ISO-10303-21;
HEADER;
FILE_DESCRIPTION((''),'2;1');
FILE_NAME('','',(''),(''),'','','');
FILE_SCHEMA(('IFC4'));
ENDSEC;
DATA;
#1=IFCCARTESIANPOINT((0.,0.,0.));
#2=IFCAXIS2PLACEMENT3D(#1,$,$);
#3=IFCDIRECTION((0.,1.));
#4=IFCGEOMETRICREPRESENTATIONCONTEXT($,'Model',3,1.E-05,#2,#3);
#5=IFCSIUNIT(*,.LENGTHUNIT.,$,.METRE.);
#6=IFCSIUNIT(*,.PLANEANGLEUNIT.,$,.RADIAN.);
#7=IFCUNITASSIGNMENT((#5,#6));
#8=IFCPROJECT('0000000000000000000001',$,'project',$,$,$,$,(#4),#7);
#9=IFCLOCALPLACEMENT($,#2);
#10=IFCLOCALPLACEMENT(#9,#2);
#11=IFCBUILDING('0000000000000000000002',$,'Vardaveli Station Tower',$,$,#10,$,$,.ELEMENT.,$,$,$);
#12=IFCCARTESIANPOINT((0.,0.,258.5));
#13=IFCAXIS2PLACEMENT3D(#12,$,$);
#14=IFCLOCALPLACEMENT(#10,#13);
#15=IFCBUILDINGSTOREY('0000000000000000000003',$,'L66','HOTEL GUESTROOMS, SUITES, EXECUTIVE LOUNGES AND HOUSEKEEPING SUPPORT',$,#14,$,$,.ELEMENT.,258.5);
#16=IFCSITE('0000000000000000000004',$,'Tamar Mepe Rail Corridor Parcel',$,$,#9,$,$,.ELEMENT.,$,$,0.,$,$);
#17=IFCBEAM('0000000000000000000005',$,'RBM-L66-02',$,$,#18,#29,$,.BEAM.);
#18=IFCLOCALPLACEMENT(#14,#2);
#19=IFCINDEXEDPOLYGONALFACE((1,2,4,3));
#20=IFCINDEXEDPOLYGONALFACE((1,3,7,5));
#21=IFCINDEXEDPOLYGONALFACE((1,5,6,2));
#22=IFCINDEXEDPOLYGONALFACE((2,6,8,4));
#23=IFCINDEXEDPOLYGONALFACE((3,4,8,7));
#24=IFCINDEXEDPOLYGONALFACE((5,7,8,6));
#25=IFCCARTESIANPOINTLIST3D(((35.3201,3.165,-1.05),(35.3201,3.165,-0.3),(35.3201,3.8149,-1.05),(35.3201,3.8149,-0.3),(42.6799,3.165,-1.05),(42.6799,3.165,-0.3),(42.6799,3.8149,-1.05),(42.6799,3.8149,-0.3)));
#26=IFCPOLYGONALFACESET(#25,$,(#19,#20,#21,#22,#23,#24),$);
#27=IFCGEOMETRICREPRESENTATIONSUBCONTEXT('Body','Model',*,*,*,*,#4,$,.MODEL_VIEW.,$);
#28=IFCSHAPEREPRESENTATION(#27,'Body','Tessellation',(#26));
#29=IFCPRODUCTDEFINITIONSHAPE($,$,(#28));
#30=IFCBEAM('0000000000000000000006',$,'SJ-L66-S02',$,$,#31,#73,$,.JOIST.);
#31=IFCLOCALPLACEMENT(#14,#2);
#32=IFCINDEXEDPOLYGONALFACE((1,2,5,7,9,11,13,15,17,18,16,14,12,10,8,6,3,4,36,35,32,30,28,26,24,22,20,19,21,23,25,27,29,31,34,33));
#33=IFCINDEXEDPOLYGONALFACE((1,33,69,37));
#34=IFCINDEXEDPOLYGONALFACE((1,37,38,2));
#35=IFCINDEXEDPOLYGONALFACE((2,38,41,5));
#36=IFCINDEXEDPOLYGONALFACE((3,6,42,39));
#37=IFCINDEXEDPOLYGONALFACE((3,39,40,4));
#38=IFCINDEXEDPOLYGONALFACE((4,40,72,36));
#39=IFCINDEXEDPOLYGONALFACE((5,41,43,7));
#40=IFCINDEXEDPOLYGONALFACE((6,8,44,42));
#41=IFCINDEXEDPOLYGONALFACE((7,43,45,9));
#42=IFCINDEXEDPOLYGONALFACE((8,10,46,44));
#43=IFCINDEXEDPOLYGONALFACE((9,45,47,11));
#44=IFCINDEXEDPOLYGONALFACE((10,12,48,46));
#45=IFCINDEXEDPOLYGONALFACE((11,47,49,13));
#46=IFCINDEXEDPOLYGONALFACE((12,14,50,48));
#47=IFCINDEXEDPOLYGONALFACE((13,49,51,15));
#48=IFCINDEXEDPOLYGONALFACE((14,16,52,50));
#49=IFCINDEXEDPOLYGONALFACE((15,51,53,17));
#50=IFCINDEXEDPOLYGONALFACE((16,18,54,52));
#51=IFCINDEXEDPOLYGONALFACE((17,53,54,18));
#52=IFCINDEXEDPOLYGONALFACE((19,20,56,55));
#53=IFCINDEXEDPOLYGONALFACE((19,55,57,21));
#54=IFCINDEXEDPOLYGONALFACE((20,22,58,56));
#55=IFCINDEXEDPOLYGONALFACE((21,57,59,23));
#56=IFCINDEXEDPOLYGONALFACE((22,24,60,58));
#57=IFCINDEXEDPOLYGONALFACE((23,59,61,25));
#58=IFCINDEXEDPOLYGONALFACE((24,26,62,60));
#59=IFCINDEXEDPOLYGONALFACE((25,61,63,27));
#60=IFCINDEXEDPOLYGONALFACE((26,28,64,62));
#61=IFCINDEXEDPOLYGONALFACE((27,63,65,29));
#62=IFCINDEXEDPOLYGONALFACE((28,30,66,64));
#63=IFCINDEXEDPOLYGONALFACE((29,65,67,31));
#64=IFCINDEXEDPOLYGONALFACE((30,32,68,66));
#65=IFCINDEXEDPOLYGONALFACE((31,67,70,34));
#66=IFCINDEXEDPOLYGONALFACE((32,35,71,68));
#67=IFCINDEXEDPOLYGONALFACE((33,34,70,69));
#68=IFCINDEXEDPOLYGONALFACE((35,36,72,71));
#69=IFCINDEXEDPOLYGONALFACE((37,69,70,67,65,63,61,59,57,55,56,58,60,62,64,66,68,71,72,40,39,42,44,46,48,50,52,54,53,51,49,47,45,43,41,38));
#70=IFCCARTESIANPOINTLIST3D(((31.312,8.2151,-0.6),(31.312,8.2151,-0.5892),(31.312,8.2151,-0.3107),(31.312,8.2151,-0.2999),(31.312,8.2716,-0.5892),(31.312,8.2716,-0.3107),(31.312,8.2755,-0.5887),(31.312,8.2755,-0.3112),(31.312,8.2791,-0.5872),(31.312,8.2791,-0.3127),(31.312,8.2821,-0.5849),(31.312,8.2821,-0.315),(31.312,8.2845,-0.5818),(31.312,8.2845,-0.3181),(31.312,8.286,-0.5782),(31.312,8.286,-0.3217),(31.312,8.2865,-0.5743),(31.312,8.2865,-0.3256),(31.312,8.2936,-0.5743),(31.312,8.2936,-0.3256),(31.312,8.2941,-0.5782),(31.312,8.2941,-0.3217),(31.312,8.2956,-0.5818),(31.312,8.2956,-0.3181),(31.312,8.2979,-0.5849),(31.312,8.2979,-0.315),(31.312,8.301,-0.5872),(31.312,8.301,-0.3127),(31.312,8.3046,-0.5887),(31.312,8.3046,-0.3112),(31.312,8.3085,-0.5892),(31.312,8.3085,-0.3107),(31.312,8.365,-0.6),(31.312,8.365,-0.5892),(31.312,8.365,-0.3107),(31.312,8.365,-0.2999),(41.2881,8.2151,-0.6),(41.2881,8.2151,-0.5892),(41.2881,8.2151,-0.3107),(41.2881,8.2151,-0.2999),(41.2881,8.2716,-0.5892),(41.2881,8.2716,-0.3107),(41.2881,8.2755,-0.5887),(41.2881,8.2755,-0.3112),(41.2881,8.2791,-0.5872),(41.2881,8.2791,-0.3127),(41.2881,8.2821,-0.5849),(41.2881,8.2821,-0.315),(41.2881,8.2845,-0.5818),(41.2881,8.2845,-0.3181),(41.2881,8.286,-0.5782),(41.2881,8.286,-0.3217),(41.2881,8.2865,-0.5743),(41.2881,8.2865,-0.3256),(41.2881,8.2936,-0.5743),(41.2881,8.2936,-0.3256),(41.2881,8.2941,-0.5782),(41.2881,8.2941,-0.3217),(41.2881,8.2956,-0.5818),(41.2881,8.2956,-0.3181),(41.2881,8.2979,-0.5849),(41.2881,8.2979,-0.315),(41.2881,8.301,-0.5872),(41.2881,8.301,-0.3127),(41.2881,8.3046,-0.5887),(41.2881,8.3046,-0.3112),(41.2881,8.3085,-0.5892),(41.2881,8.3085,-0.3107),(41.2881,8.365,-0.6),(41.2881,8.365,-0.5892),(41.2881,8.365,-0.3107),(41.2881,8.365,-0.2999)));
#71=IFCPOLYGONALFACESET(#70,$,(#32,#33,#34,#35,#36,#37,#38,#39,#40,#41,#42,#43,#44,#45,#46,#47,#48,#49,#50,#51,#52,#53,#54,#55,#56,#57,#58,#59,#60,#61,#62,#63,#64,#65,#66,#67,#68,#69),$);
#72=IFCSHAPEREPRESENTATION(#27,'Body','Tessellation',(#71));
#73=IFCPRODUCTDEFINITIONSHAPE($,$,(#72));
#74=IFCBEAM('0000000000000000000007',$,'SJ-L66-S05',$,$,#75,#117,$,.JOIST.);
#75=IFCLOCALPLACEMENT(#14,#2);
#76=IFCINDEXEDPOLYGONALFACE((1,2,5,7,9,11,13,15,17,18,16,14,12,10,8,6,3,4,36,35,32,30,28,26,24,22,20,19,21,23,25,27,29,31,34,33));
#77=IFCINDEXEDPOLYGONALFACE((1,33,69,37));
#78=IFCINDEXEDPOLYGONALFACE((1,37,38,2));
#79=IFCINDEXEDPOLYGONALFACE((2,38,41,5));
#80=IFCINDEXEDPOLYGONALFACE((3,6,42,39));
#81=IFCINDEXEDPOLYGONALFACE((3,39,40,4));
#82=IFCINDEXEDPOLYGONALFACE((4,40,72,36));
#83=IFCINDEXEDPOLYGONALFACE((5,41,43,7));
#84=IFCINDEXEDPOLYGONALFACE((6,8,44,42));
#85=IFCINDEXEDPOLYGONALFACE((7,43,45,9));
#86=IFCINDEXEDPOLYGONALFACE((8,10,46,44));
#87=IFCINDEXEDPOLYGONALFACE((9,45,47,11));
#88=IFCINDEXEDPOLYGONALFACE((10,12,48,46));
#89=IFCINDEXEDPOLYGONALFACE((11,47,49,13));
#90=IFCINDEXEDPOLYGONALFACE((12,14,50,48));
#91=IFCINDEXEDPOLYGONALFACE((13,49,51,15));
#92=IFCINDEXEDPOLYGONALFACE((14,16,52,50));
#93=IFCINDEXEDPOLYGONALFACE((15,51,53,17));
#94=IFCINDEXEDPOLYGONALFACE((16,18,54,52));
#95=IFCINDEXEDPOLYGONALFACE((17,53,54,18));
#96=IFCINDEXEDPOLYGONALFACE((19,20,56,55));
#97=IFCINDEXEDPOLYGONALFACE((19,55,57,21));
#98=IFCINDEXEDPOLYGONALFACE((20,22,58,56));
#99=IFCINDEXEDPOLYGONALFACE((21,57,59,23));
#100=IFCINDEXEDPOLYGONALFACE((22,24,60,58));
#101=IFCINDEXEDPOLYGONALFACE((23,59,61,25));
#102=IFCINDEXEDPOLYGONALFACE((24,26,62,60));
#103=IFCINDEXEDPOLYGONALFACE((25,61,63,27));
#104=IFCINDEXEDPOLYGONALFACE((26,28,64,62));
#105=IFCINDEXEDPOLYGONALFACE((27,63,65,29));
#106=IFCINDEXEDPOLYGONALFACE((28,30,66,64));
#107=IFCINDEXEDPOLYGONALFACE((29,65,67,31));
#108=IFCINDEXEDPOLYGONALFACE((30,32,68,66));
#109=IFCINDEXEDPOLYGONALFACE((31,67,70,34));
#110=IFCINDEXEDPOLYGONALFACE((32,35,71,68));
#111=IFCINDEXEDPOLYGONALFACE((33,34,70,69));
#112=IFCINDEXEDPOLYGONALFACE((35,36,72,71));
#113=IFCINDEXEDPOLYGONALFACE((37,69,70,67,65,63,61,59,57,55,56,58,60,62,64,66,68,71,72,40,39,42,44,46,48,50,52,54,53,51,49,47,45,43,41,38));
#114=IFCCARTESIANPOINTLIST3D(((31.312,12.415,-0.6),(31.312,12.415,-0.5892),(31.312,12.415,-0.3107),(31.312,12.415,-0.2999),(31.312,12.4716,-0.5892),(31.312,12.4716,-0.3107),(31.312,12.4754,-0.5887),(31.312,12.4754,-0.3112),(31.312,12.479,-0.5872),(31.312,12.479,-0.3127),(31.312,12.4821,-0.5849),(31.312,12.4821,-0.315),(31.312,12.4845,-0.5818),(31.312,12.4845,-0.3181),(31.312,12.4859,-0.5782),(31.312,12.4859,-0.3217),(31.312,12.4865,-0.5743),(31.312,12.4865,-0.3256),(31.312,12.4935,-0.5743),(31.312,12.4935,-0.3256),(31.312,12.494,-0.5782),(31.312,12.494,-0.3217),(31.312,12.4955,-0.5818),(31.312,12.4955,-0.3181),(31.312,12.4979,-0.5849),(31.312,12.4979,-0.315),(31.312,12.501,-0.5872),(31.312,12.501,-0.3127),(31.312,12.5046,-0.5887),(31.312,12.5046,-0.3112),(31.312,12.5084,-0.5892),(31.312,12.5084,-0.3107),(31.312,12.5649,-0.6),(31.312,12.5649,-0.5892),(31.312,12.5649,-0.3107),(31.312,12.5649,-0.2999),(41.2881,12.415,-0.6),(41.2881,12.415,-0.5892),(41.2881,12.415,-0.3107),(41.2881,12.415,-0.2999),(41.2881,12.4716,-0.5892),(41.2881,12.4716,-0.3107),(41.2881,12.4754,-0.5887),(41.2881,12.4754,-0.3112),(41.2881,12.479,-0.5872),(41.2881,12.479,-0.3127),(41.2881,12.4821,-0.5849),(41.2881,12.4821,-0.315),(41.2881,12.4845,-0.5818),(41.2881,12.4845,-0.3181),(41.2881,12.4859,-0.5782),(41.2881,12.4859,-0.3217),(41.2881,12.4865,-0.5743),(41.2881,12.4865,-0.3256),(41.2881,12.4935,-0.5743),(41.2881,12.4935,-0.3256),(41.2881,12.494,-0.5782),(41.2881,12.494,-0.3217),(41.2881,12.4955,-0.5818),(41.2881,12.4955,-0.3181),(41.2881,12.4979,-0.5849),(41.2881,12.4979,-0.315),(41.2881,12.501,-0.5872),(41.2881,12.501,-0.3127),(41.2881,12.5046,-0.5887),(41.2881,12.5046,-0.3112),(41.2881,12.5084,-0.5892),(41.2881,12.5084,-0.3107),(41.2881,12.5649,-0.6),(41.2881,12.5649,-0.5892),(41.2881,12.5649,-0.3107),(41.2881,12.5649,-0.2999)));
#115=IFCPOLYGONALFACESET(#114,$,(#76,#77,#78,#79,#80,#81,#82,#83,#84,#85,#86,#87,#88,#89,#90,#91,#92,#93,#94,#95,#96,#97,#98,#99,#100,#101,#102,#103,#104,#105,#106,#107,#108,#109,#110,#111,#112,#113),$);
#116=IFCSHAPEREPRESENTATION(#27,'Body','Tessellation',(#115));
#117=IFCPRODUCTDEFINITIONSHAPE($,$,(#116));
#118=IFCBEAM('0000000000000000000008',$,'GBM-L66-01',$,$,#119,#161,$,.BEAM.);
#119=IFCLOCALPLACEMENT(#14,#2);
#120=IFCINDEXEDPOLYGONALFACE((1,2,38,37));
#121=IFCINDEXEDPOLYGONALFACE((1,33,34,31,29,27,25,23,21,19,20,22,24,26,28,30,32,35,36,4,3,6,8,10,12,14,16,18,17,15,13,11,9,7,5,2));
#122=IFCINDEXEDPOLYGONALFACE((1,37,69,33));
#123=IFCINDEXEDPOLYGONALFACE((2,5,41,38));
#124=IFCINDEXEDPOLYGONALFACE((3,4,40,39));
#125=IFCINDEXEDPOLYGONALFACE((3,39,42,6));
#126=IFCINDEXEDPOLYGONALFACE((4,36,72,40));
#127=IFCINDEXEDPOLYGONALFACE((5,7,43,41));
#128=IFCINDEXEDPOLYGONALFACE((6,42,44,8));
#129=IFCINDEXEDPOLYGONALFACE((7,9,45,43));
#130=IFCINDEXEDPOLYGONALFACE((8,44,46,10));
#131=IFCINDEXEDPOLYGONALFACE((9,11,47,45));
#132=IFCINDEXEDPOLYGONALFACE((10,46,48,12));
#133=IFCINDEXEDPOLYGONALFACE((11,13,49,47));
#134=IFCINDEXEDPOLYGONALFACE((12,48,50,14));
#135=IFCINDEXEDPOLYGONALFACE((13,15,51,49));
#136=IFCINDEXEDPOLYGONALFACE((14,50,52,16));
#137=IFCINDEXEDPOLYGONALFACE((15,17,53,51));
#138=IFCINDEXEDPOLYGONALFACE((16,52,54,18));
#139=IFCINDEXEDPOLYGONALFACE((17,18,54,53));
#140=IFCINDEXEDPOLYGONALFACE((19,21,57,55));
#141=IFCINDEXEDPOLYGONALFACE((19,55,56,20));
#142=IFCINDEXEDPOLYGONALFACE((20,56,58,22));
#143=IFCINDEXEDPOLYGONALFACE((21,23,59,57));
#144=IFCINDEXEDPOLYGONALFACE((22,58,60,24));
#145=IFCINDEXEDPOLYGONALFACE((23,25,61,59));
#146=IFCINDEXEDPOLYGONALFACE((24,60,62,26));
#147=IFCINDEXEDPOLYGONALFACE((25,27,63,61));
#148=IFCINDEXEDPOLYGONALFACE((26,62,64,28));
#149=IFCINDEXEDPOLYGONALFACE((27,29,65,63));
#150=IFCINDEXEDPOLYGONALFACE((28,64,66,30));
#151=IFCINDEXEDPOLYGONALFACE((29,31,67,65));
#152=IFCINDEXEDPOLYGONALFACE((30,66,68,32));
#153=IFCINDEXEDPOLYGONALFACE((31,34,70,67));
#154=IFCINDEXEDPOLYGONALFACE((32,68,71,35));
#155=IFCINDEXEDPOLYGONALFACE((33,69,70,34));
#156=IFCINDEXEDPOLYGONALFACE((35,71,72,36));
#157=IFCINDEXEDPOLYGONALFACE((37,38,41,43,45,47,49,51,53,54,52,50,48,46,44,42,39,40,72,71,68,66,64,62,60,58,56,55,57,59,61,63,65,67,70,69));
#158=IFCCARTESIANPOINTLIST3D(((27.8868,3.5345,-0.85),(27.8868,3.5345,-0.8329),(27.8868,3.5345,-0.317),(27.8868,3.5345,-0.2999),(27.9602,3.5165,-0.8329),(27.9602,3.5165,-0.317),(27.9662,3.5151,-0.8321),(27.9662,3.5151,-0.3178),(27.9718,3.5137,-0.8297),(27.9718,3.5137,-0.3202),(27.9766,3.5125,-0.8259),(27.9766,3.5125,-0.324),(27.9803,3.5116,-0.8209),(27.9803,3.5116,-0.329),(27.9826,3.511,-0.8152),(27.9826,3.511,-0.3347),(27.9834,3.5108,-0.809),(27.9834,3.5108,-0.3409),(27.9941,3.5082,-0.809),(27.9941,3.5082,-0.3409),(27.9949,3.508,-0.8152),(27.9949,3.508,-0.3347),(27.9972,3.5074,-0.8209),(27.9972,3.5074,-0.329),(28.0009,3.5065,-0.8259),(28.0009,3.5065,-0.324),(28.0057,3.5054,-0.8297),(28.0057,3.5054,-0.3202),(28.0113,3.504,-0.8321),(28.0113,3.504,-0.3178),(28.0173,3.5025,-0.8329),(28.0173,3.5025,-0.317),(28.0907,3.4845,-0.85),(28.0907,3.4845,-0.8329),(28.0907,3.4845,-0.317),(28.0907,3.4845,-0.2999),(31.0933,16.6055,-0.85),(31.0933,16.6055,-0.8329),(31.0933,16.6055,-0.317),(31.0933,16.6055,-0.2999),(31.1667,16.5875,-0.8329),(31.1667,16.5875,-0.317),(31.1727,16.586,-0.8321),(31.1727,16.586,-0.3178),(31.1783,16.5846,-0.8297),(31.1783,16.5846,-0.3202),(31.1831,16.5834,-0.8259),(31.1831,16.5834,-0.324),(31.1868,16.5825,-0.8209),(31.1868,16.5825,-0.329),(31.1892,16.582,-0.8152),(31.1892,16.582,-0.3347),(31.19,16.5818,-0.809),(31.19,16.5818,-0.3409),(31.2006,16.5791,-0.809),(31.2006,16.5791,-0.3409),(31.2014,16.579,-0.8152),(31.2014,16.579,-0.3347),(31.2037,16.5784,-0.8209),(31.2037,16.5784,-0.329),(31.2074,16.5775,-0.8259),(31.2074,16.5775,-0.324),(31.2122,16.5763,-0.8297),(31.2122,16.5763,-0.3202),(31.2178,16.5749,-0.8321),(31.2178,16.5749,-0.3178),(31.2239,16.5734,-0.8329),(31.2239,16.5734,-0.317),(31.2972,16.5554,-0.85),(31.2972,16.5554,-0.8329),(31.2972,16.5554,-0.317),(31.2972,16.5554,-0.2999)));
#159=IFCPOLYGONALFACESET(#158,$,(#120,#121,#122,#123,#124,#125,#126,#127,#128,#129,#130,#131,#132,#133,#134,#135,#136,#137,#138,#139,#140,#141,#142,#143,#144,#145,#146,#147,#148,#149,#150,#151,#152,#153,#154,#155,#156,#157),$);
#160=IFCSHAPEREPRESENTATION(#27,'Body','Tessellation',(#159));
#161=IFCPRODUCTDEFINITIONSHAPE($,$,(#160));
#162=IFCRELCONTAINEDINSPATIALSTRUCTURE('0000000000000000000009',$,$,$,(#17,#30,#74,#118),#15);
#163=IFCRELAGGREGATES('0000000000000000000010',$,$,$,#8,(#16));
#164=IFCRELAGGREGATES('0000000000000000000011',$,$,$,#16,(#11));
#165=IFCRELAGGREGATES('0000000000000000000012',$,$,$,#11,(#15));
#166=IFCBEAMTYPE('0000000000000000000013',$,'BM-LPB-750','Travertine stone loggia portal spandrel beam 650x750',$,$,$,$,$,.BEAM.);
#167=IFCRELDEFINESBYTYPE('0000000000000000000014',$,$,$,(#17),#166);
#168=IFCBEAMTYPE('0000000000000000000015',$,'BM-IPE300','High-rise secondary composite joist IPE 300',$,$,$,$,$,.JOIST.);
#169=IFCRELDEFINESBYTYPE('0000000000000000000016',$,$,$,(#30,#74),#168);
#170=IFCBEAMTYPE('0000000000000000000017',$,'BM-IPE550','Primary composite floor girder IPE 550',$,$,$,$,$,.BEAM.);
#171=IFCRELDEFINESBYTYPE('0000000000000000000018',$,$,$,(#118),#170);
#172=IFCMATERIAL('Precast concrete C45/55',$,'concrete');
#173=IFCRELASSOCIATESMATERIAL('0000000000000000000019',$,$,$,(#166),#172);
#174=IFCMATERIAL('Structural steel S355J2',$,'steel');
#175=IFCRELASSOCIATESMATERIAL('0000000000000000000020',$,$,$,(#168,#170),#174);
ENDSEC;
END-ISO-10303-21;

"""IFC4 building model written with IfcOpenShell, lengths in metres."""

from ifc_helpers import new_model, si_unit, direction, frame, origin, origin_2d, place, context, subcontext, project, spatial, rectangle, i_section, extrude, source, transform, mapped, material, material_profile, profile_set, type_object, element, save


model = new_model("IFC4")

# Units and contexts
model_context = context("Model", 3, precision=1e-05, world=origin(), true_north=direction((0.0, 1.0)))
body_context = subcontext(model_context, "Body", "Model", "MODEL_VIEW")
ifc_project = project(units=[si_unit("LENGTHUNIT", "METRE"), si_unit("PLANEANGLEUNIT", "RADIAN")], contexts=[model_context])

# Site, building, storey
site_placement = place(None, origin())
site = spatial("IfcSite", under=ifc_project, at=site_placement, Name="Tamar Mepe Rail Corridor Parcel", CompositionType="ELEMENT", RefElevation=0.0)
building_placement = place(site_placement, origin())
building = spatial("IfcBuilding", under=site, at=building_placement, Name="Vardaveli Station Tower", CompositionType="ELEMENT")
storey_placement = place(building_placement, frame((0.0, 0.0, 258.5)))
storey = spatial("IfcBuildingStorey", under=building, at=storey_placement, Name="L66", Description="HOTEL GUESTROOMS, SUITES, EXECUTIVE LOUNGES AND HOUSEKEEPING SUPPORT", CompositionType="ELEMENT", Elevation=258.5)

# Beams
ifc_material_1 = material(Name="Structural steel S355J2", Category="steel")
ifc_material_2 = material(Name="Precast concrete C45/55", Category="concrete")
ifc_material_profile_1 = material_profile(ifc_material_2, rectangle(XDim=0.6499, YDim=0.75, at=origin_2d()), Name="LPB 650x750")
ifc_profile_set_1 = profile_set([ifc_material_profile_1], Name="Precast concrete C45/55")
beam_type_1 = type_object("IfcBeamType", Name="BM-LPB-750", Description="Travertine stone loggia portal spandrel beam 650x750", PredefinedType="BEAM", material=ifc_profile_set_1)
shared_shape_1 = source(origin(), body_context, "Body", "SweptSolid", [
    extrude(rectangle(XDim=0.6499, YDim=0.75, at=origin_2d()), origin(), (0.0, 0.0, 1.0), 7.3599),
])
beam_1_placement = place(storey_placement, frame((35.3201, 3.49, -0.675), z_axis=(1.0, 0.0, 0.0), x_axis=(0.0, 1.0, 0.0)))
element("IfcBeam", 1, at=beam_1_placement, inside=storey, type_object=beam_type_1, Name="RBM-L66-02", PredefinedType="BEAM", context=body_context, shape_type="MappedRepresentation", body=[
    mapped(shared_shape_1, transform((0.0, 0.0, 0.0), scale=1.0)),
])
ifc_material_profile_2 = material_profile(ifc_material_1, i_section(OverallWidth=0.1499, OverallDepth=0.3, WebThickness=0.0071, FlangeThickness=0.0107, FilletRadius=0.0149, at=origin_2d()), Name="IPE 300")
ifc_profile_set_2 = profile_set([ifc_material_profile_2], Name="Structural steel S355J2")
beam_type_2 = type_object("IfcBeamType", Name="BM-IPE300", Description="High-rise secondary composite joist IPE 300", PredefinedType="JOIST", material=ifc_profile_set_2)
shared_shape_2 = source(origin(), body_context, "Body", "SweptSolid", [
    extrude(i_section(OverallWidth=0.1499, OverallDepth=0.3, WebThickness=0.0071, FlangeThickness=0.0107, FilletRadius=0.0149, at=origin_2d()), origin(), (0.0, 0.0, 1.0), 9.9761),
])
for number, where, z_axis, x_axis, name in (
    (2, (31.312, 8.29, -0.45), (1.0, 0.0, 0.0), (0.0, 1.0, 0.0), "SJ-L66-S02"),
    (3, (31.312, 12.49, -0.45), (1.0, 0.0, 0.0), (0.0, 1.0, 0.0), "SJ-L66-S05"),
):
    element("IfcBeam", number, at=place(storey_placement, frame(where, z_axis=z_axis, x_axis=x_axis)), inside=storey, type_object=beam_type_2, Name=name, PredefinedType="JOIST", context=body_context, shape_type="MappedRepresentation", body=[
        mapped(shared_shape_2, transform((0.0, 0.0, 0.0), scale=1.0)),
    ])
ifc_material_profile_3 = material_profile(ifc_material_1, i_section(OverallWidth=0.21, OverallDepth=0.55, WebThickness=0.011, FlangeThickness=0.0171, FilletRadius=0.0239, at=origin_2d()), Name="IPE 550")
ifc_profile_set_3 = profile_set([ifc_material_profile_3], Name="Structural steel S355J2")
beam_type_3 = type_object("IfcBeamType", Name="BM-IPE550", Description="Primary composite floor girder IPE 550", PredefinedType="BEAM", material=ifc_profile_set_3)
shared_shape_3 = source(origin(), body_context, "Body", "SweptSolid", [
    extrude(i_section(OverallWidth=0.21, OverallDepth=0.55, WebThickness=0.011, FlangeThickness=0.0171, FilletRadius=0.0239, at=origin_2d()), origin(), (0.0, 0.0, 1.0), 13.4585),
])
beam_2_placement = place(storey_placement, frame((27.9888, 3.5095, -0.575), z_axis=(0.238252, 0.971203, 0.0), x_axis=(-0.971203, 0.238252, 0.0)))
element("IfcBeam", 4, at=beam_2_placement, inside=storey, type_object=beam_type_3, Name="GBM-L66-01", PredefinedType="BEAM", context=body_context, shape_type="MappedRepresentation", body=[
    mapped(shared_shape_3, transform((0.0, 0.0, 0.0), scale=1.0)),
])

save(model, "model.ifc")
